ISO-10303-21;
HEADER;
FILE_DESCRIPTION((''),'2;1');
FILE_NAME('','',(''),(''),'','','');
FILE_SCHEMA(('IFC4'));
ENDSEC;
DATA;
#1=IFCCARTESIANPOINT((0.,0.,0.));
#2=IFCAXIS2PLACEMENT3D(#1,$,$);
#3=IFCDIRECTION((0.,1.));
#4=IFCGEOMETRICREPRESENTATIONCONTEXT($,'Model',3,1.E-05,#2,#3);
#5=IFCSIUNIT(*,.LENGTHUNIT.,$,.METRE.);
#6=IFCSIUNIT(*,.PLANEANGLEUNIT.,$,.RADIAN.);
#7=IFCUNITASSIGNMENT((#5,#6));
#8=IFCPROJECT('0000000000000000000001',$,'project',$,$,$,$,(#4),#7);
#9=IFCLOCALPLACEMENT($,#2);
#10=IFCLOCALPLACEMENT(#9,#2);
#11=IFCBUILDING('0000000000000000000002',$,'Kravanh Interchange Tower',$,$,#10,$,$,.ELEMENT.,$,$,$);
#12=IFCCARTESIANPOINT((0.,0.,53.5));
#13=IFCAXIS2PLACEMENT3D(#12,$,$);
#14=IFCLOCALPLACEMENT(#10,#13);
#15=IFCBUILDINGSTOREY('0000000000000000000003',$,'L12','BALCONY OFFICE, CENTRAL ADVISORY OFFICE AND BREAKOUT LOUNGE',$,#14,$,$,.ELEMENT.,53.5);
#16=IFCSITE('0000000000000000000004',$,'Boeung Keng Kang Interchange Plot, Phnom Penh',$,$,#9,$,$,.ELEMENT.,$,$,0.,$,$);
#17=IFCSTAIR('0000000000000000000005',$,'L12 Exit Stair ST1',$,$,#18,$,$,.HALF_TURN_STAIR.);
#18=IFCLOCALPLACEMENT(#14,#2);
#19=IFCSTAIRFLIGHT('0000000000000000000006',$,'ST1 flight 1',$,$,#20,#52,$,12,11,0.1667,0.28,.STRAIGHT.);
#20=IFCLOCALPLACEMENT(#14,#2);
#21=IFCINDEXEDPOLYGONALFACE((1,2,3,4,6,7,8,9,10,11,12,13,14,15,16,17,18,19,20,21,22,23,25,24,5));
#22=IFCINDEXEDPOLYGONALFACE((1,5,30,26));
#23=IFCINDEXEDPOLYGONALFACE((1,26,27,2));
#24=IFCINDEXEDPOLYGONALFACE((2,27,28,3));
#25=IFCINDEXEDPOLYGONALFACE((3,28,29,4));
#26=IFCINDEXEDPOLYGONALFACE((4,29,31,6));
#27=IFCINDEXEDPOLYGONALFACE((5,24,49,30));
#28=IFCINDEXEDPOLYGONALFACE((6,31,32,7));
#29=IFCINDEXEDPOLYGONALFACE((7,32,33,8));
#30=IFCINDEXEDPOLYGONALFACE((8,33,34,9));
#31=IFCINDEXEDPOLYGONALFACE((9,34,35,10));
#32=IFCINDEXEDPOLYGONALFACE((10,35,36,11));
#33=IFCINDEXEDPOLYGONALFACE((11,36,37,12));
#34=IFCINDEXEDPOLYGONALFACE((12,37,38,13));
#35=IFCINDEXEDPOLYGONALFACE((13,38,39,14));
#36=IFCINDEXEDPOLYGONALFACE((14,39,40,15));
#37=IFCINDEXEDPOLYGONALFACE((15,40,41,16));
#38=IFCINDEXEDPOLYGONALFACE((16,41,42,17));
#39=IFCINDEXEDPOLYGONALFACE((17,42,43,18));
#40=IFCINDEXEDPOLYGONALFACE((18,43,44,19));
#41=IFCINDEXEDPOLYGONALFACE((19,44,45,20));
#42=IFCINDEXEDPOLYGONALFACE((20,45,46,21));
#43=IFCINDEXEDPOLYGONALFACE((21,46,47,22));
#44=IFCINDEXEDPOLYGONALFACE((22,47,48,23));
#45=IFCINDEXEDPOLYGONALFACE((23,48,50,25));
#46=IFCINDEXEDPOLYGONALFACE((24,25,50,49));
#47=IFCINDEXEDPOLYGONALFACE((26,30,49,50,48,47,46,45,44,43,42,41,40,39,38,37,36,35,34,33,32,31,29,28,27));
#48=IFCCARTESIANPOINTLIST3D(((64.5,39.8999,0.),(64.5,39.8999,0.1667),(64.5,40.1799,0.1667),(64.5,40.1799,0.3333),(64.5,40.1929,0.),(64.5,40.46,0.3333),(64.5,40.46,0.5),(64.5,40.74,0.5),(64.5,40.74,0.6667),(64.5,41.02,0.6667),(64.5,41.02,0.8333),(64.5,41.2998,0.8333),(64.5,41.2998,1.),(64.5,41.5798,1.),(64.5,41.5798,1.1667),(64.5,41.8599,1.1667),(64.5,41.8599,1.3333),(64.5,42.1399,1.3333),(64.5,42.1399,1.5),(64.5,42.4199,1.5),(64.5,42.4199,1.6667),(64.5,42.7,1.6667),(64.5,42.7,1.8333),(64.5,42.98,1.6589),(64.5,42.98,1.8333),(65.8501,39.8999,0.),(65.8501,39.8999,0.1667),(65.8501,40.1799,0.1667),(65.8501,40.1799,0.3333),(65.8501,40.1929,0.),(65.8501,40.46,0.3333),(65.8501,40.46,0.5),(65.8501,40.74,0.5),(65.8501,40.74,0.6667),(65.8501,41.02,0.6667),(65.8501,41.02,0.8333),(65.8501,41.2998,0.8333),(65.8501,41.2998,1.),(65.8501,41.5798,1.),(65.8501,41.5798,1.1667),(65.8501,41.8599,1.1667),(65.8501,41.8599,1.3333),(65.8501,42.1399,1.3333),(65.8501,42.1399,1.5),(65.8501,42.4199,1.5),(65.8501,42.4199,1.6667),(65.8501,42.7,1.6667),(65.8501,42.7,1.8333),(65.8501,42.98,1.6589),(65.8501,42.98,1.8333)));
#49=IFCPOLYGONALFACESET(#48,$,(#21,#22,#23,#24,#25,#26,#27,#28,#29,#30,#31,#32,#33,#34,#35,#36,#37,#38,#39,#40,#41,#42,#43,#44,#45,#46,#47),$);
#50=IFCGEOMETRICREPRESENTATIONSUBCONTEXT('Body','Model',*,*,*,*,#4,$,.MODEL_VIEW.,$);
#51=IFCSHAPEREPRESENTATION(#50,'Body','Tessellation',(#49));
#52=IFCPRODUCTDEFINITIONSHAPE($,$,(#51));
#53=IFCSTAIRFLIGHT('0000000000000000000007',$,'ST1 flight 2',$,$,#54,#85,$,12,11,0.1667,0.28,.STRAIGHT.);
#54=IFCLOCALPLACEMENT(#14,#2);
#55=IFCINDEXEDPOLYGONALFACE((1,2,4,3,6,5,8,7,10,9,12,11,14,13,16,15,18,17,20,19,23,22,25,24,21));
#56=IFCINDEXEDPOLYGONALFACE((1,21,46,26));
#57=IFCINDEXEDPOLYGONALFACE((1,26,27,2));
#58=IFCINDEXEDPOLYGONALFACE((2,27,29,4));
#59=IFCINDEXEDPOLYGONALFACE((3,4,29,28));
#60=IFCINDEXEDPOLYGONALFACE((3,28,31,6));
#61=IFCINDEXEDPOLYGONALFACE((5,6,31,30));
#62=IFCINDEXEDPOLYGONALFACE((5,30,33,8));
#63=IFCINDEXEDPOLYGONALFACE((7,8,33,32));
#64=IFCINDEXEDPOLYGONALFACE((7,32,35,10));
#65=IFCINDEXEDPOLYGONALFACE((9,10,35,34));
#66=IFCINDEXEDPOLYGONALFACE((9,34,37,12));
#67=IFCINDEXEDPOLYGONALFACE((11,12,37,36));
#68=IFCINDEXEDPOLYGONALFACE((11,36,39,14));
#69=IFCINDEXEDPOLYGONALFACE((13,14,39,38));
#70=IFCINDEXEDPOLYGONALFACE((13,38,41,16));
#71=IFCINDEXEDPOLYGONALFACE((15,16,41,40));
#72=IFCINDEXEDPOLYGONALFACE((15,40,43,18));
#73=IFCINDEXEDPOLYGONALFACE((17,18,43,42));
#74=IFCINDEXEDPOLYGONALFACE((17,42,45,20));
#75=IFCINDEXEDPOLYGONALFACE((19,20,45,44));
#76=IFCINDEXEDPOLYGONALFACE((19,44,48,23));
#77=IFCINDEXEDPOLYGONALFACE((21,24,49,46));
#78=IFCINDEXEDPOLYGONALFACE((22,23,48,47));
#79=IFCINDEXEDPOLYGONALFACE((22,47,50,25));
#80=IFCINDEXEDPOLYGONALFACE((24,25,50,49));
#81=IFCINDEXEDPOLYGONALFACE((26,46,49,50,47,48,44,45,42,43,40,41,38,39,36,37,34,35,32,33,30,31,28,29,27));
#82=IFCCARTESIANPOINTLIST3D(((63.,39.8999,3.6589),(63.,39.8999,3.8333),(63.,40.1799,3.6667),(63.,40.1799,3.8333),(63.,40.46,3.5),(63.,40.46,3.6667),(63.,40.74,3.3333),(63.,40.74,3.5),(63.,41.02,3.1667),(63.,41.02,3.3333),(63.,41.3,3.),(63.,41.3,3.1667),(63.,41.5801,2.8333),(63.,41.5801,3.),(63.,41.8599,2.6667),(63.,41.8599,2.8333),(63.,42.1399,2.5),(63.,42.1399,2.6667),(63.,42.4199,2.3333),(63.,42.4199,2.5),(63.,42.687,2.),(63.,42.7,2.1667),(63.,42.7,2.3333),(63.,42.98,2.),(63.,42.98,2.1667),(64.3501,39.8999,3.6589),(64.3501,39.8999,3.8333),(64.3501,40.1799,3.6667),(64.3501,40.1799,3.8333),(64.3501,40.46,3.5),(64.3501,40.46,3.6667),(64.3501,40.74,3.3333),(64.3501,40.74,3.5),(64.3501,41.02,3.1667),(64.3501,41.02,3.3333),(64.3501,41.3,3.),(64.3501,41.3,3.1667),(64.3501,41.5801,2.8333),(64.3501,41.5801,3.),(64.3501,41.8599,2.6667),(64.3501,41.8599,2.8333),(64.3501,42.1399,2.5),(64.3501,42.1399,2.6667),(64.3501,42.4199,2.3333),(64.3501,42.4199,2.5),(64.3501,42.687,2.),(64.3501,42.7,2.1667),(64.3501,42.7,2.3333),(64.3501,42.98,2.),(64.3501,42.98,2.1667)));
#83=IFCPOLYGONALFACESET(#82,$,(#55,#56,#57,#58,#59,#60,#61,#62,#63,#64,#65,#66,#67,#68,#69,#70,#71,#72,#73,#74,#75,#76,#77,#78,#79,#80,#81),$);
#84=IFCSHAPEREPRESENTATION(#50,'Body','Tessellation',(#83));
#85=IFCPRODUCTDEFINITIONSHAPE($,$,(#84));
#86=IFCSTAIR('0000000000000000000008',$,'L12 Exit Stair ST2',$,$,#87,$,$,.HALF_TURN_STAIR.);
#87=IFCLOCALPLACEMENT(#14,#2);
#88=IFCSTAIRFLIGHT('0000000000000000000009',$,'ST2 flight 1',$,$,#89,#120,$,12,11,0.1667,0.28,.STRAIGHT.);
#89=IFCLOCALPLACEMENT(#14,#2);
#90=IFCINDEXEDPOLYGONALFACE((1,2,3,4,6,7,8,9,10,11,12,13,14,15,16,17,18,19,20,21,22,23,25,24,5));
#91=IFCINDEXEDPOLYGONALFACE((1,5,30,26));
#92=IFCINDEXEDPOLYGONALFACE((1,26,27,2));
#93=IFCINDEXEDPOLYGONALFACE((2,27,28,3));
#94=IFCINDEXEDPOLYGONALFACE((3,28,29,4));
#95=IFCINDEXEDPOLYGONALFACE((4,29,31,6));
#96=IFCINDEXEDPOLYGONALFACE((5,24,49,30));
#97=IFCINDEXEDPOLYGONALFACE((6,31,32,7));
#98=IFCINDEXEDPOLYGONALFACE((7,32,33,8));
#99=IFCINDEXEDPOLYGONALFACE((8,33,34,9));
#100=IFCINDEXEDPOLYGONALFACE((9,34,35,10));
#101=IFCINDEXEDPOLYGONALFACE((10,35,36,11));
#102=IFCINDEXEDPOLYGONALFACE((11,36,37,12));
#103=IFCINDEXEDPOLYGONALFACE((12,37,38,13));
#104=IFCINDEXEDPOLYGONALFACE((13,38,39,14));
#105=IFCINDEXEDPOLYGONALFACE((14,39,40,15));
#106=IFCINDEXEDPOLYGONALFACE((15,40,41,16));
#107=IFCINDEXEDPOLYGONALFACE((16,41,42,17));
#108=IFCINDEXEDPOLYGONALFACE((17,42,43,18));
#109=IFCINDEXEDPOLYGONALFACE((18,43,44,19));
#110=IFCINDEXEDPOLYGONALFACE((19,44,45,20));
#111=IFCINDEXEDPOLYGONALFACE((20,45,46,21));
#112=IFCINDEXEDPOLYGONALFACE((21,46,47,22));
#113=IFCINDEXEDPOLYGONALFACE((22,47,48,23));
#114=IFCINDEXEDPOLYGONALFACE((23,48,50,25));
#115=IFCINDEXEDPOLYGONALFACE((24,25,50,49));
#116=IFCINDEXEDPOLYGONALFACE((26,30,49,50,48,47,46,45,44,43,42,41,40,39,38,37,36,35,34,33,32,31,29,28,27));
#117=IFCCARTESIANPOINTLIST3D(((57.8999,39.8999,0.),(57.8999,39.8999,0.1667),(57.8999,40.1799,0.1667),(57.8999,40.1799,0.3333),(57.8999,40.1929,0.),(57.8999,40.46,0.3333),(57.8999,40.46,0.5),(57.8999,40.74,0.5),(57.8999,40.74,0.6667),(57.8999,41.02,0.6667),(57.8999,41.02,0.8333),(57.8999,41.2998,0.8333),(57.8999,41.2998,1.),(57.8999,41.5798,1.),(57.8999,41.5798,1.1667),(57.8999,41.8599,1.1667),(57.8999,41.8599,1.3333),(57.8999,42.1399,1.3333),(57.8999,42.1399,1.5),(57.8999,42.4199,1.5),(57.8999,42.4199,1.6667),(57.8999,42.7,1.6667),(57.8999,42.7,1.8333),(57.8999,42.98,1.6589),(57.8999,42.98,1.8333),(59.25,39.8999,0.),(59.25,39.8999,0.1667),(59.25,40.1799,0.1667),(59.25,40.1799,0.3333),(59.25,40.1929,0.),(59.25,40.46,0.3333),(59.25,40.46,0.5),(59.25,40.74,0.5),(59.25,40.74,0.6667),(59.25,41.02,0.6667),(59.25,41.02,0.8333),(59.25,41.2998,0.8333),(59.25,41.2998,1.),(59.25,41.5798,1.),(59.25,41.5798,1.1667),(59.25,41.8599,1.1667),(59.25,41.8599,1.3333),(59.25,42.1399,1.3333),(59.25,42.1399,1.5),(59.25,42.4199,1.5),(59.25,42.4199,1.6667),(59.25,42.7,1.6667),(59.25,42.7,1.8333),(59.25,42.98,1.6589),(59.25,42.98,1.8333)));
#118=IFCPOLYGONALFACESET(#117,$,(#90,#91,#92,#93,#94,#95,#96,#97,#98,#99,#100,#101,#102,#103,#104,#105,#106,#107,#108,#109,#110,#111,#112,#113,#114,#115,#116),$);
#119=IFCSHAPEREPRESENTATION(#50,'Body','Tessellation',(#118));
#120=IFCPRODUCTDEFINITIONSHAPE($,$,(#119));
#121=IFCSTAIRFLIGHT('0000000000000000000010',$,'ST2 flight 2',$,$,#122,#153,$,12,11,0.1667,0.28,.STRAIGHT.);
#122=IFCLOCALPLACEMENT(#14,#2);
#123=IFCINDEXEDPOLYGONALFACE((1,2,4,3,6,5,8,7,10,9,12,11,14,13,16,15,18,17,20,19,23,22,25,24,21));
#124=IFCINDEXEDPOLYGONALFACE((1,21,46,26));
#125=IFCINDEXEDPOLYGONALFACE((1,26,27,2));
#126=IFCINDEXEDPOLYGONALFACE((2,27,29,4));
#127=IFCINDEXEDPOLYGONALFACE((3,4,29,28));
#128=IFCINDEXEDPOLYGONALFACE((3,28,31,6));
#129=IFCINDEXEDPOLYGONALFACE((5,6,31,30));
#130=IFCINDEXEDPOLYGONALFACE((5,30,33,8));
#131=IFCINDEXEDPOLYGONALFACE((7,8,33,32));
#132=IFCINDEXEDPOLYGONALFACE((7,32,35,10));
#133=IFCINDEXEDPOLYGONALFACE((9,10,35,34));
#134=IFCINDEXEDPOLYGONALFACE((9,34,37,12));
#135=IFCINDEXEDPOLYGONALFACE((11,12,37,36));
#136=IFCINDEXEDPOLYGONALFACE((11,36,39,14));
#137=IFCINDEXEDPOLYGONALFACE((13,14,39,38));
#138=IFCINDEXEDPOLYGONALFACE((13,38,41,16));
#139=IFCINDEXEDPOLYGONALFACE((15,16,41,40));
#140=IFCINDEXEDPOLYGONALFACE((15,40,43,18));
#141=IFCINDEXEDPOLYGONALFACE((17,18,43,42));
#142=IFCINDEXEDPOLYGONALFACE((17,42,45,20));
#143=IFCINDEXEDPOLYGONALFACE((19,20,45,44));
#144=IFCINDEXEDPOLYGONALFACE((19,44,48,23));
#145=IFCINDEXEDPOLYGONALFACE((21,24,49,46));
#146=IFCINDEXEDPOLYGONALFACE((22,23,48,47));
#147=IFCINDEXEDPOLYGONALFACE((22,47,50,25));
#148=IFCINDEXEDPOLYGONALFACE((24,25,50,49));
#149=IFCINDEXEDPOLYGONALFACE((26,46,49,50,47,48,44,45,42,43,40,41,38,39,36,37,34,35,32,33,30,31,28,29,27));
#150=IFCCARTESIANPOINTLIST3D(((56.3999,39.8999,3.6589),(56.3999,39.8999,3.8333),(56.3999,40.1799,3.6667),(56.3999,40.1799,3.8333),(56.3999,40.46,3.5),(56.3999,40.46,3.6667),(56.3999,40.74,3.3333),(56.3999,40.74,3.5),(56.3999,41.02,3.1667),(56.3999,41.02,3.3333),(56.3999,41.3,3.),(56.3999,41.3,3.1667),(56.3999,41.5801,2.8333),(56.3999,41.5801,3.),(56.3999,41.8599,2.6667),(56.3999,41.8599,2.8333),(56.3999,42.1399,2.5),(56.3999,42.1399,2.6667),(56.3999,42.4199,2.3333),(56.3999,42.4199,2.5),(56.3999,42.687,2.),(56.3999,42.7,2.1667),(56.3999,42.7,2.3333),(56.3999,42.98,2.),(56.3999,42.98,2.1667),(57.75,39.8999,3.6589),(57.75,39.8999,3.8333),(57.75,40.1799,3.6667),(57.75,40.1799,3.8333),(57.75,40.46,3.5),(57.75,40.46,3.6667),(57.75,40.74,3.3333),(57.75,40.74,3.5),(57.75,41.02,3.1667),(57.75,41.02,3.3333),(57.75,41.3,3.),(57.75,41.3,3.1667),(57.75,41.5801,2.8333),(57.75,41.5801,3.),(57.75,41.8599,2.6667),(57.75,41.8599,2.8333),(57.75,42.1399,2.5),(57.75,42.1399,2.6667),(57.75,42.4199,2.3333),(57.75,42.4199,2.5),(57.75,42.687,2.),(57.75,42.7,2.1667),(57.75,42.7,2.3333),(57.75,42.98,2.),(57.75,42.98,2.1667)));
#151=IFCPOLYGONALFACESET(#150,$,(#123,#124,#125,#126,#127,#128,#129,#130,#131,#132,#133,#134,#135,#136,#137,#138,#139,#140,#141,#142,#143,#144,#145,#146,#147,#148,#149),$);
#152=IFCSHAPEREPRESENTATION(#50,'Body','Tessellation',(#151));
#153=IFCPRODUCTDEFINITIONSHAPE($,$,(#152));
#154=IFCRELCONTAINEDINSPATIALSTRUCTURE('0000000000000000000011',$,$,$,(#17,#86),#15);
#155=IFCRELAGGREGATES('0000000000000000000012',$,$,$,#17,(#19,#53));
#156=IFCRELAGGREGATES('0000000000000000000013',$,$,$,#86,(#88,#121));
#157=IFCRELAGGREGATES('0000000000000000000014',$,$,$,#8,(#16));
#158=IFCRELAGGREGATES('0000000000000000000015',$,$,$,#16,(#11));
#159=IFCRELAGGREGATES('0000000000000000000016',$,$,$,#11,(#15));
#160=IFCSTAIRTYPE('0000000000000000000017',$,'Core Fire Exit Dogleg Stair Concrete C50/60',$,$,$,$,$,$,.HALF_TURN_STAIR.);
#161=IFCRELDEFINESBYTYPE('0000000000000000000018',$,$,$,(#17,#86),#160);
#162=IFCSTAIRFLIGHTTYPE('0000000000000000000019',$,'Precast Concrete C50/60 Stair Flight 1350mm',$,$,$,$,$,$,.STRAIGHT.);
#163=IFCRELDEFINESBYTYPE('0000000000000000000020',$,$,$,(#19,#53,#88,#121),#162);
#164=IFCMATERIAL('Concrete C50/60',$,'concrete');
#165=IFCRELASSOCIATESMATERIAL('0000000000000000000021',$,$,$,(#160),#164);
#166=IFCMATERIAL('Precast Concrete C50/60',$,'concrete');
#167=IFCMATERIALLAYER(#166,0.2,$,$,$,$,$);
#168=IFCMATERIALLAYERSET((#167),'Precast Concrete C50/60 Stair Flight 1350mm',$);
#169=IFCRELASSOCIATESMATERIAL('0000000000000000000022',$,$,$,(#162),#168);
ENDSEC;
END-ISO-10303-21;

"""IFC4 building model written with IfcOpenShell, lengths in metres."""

from ifc_helpers import new_model, si_unit, direction, frame, origin, place, context, subcontext, project, spatial, polyline, outline, extrude, material, layer, layer_set, type_object, element, aggregate, save


model = new_model("IFC4")

# Units and contexts
model_context = context("Model", 3, precision=1e-05, world=origin(), true_north=direction((0.0, 1.0)))
body_context = subcontext(model_context, "Body", "Model", "MODEL_VIEW")
ifc_project = project(units=[si_unit("LENGTHUNIT", "METRE"), si_unit("PLANEANGLEUNIT", "RADIAN")], contexts=[model_context])

# Site, building, storey
site_placement = place(None, origin())
site = spatial("IfcSite", under=ifc_project, at=site_placement, Name="Boeung Keng Kang Interchange Plot, Phnom Penh", CompositionType="ELEMENT", RefElevation=0.0)
building_placement = place(site_placement, origin())
building = spatial("IfcBuilding", under=site, at=building_placement, Name="Kravanh Interchange Tower", CompositionType="ELEMENT")
storey_placement = place(building_placement, frame((0.0, 0.0, 53.5)))
storey = spatial("IfcBuildingStorey", under=building, at=storey_placement, Name="L12", Description="BALCONY OFFICE, CENTRAL ADVISORY OFFICE AND BREAKOUT LOUNGE", CompositionType="ELEMENT", Elevation=53.5)

# Stairs, stair flights
ifc_material_1 = material(Name="Concrete C50/60", Category="concrete")
stair_type = type_object("IfcStairType", Name="Core Fire Exit Dogleg Stair Concrete C50/60", PredefinedType="HALF_TURN_STAIR", material=ifc_material_1)
stair_1_placement = place(storey_placement, origin())
stair_1 = element("IfcStair", 1, at=stair_1_placement, inside=storey, type_object=stair_type, Name="L12 Exit Stair ST1", PredefinedType="HALF_TURN_STAIR")
ifc_material_2 = material(Name="Precast Concrete C50/60", Category="concrete")
ifc_layer_1 = layer(ifc_material_2, 0.2)
ifc_layer_set_1 = layer_set([ifc_layer_1], Name="Precast Concrete C50/60 Stair Flight 1350mm")
stair_flight_type = type_object("IfcStairFlightType", Name="Precast Concrete C50/60 Stair Flight 1350mm", PredefinedType="STRAIGHT", material=ifc_layer_set_1)
stair_flight_1_placement = place(storey_placement, frame((65.175, 39.8999, 0.0), z_axis=(0.0, 0.0, 1.0), x_axis=(0.0, 1.0, 0.0)))
stair_flight_1 = element("IfcStairFlight", 2, at=stair_flight_1_placement, type_object=stair_flight_type, Name="ST1 flight 1", NumberOfRisers=12, NumberOfTreads=11, PredefinedType="STRAIGHT", RiserHeight=0.1667, TreadLength=0.28, context=body_context, shape_type="SweptSolid", body=[
    extrude(outline(polyline([(0.0, 0.0), (0.0, 0.1667), (0.28, 0.1667), (0.28, 0.3333), (0.5601, 0.3333), (0.5601, 0.5), (0.8401, 0.5), (0.8401, 0.6667), (1.1201, 0.6667), (1.1201, 0.8333), (1.3999, 0.8333), (1.3999, 1.0), (1.6799, 1.0), (1.6799, 1.1667), (1.96, 1.1667), (1.96, 1.3333), (2.24, 1.3333), (2.24, 1.5), (2.52, 1.5), (2.52, 1.6667), (2.8, 1.6667), (2.8, 1.8333), (3.0801, 1.8333), (3.0801, 2.0), (3.0801, 1.6589), (0.293, 0.0), (0.0, 0.0)])), frame((0.0, 0.675, 0.0), z_axis=(0.0, -1.0, 0.0), x_axis=(1.0, 0.0, 0.0)), (0.0, 0.0, 1.0), 1.3501),
])
stair_flight_2_placement = place(storey_placement, frame((63.675, 42.98, 2.0), z_axis=(0.0, 0.0, 1.0), x_axis=(0.0, -1.0, 0.0)))
stair_flight_2 = element("IfcStairFlight", 3, at=stair_flight_2_placement, type_object=stair_flight_type, Name="ST1 flight 2", NumberOfRisers=12, NumberOfTreads=11, PredefinedType="STRAIGHT", RiserHeight=0.1667, TreadLength=0.28, context=body_context, shape_type="SweptSolid", body=[
    extrude(outline(polyline([(0.0, 0.0), (0.0, 0.1667), (0.28, 0.1667), (0.28, 0.3333), (0.5601, 0.3333), (0.5601, 0.5), (0.8401, 0.5), (0.8401, 0.6667), (1.1201, 0.6667), (1.1201, 0.8333), (1.3999, 0.8333), (1.3999, 1.0), (1.6799, 1.0), (1.6799, 1.1667), (1.96, 1.1667), (1.96, 1.3333), (2.24, 1.3333), (2.24, 1.5), (2.52, 1.5), (2.52, 1.6667), (2.8, 1.6667), (2.8, 1.8333), (3.0801, 1.8333), (3.0801, 2.0), (3.0801, 1.6589), (0.293, 0.0), (0.0, 0.0)])), frame((0.0, 0.675, 0.0), z_axis=(0.0, -1.0, 0.0), x_axis=(1.0, 0.0, 0.0)), (0.0, 0.0, 1.0), 1.3501),
])
aggregate(stair_1, [stair_flight_1, stair_flight_2])
stair_2_placement = place(storey_placement, origin())
stair_2 = element("IfcStair", 4, at=stair_2_placement, inside=storey, type_object=stair_type, Name="L12 Exit Stair ST2", PredefinedType="HALF_TURN_STAIR")
stair_flight_3_placement = place(storey_placement, frame((58.575, 39.8999, 0.0), z_axis=(0.0, 0.0, 1.0), x_axis=(0.0, 1.0, 0.0)))
stair_flight_3 = element("IfcStairFlight", 5, at=stair_flight_3_placement, type_object=stair_flight_type, Name="ST2 flight 1", NumberOfRisers=12, NumberOfTreads=11, PredefinedType="STRAIGHT", RiserHeight=0.1667, TreadLength=0.28, context=body_context, shape_type="SweptSolid", body=[
    extrude(outline(polyline([(0.0, 0.0), (0.0, 0.1667), (0.28, 0.1667), (0.28, 0.3333), (0.5601, 0.3333), (0.5601, 0.5), (0.8401, 0.5), (0.8401, 0.6667), (1.1201, 0.6667), (1.1201, 0.8333), (1.3999, 0.8333), (1.3999, 1.0), (1.6799, 1.0), (1.6799, 1.1667), (1.96, 1.1667), (1.96, 1.3333), (2.24, 1.3333), (2.24, 1.5), (2.52, 1.5), (2.52, 1.6667), (2.8, 1.6667), (2.8, 1.8333), (3.0801, 1.8333), (3.0801, 2.0), (3.0801, 1.6589), (0.293, 0.0), (0.0, 0.0)])), frame((0.0, 0.675, 0.0), z_axis=(0.0, -1.0, 0.0), x_axis=(1.0, 0.0, 0.0)), (0.0, 0.0, 1.0), 1.3501),
])
stair_flight_4_placement = place(storey_placement, frame((57.075, 42.98, 2.0), z_axis=(0.0, 0.0, 1.0), x_axis=(0.0, -1.0, 0.0)))
stair_flight_4 = element("IfcStairFlight", 6, at=stair_flight_4_placement, type_object=stair_flight_type, Name="ST2 flight 2", NumberOfRisers=12, NumberOfTreads=11, PredefinedType="STRAIGHT", RiserHeight=0.1667, TreadLength=0.28, context=body_context, shape_type="SweptSolid", body=[
    extrude(outline(polyline([(0.0, 0.0), (0.0, 0.1667), (0.28, 0.1667), (0.28, 0.3333), (0.5601, 0.3333), (0.5601, 0.5), (0.8401, 0.5), (0.8401, 0.6667), (1.1201, 0.6667), (1.1201, 0.8333), (1.3999, 0.8333), (1.3999, 1.0), (1.6799, 1.0), (1.6799, 1.1667), (1.96, 1.1667), (1.96, 1.3333), (2.24, 1.3333), (2.24, 1.5), (2.52, 1.5), (2.52, 1.6667), (2.8, 1.6667), (2.8, 1.8333), (3.0801, 1.8333), (3.0801, 2.0), (3.0801, 1.6589), (0.293, 0.0), (0.0, 0.0)])), frame((0.0, 0.675, 0.0), z_axis=(0.0, -1.0, 0.0), x_axis=(1.0, 0.0, 0.0)), (0.0, 0.0, 1.0), 1.3501),
])
aggregate(stair_2, [stair_flight_3, stair_flight_4])

save(model, "model.ifc")
